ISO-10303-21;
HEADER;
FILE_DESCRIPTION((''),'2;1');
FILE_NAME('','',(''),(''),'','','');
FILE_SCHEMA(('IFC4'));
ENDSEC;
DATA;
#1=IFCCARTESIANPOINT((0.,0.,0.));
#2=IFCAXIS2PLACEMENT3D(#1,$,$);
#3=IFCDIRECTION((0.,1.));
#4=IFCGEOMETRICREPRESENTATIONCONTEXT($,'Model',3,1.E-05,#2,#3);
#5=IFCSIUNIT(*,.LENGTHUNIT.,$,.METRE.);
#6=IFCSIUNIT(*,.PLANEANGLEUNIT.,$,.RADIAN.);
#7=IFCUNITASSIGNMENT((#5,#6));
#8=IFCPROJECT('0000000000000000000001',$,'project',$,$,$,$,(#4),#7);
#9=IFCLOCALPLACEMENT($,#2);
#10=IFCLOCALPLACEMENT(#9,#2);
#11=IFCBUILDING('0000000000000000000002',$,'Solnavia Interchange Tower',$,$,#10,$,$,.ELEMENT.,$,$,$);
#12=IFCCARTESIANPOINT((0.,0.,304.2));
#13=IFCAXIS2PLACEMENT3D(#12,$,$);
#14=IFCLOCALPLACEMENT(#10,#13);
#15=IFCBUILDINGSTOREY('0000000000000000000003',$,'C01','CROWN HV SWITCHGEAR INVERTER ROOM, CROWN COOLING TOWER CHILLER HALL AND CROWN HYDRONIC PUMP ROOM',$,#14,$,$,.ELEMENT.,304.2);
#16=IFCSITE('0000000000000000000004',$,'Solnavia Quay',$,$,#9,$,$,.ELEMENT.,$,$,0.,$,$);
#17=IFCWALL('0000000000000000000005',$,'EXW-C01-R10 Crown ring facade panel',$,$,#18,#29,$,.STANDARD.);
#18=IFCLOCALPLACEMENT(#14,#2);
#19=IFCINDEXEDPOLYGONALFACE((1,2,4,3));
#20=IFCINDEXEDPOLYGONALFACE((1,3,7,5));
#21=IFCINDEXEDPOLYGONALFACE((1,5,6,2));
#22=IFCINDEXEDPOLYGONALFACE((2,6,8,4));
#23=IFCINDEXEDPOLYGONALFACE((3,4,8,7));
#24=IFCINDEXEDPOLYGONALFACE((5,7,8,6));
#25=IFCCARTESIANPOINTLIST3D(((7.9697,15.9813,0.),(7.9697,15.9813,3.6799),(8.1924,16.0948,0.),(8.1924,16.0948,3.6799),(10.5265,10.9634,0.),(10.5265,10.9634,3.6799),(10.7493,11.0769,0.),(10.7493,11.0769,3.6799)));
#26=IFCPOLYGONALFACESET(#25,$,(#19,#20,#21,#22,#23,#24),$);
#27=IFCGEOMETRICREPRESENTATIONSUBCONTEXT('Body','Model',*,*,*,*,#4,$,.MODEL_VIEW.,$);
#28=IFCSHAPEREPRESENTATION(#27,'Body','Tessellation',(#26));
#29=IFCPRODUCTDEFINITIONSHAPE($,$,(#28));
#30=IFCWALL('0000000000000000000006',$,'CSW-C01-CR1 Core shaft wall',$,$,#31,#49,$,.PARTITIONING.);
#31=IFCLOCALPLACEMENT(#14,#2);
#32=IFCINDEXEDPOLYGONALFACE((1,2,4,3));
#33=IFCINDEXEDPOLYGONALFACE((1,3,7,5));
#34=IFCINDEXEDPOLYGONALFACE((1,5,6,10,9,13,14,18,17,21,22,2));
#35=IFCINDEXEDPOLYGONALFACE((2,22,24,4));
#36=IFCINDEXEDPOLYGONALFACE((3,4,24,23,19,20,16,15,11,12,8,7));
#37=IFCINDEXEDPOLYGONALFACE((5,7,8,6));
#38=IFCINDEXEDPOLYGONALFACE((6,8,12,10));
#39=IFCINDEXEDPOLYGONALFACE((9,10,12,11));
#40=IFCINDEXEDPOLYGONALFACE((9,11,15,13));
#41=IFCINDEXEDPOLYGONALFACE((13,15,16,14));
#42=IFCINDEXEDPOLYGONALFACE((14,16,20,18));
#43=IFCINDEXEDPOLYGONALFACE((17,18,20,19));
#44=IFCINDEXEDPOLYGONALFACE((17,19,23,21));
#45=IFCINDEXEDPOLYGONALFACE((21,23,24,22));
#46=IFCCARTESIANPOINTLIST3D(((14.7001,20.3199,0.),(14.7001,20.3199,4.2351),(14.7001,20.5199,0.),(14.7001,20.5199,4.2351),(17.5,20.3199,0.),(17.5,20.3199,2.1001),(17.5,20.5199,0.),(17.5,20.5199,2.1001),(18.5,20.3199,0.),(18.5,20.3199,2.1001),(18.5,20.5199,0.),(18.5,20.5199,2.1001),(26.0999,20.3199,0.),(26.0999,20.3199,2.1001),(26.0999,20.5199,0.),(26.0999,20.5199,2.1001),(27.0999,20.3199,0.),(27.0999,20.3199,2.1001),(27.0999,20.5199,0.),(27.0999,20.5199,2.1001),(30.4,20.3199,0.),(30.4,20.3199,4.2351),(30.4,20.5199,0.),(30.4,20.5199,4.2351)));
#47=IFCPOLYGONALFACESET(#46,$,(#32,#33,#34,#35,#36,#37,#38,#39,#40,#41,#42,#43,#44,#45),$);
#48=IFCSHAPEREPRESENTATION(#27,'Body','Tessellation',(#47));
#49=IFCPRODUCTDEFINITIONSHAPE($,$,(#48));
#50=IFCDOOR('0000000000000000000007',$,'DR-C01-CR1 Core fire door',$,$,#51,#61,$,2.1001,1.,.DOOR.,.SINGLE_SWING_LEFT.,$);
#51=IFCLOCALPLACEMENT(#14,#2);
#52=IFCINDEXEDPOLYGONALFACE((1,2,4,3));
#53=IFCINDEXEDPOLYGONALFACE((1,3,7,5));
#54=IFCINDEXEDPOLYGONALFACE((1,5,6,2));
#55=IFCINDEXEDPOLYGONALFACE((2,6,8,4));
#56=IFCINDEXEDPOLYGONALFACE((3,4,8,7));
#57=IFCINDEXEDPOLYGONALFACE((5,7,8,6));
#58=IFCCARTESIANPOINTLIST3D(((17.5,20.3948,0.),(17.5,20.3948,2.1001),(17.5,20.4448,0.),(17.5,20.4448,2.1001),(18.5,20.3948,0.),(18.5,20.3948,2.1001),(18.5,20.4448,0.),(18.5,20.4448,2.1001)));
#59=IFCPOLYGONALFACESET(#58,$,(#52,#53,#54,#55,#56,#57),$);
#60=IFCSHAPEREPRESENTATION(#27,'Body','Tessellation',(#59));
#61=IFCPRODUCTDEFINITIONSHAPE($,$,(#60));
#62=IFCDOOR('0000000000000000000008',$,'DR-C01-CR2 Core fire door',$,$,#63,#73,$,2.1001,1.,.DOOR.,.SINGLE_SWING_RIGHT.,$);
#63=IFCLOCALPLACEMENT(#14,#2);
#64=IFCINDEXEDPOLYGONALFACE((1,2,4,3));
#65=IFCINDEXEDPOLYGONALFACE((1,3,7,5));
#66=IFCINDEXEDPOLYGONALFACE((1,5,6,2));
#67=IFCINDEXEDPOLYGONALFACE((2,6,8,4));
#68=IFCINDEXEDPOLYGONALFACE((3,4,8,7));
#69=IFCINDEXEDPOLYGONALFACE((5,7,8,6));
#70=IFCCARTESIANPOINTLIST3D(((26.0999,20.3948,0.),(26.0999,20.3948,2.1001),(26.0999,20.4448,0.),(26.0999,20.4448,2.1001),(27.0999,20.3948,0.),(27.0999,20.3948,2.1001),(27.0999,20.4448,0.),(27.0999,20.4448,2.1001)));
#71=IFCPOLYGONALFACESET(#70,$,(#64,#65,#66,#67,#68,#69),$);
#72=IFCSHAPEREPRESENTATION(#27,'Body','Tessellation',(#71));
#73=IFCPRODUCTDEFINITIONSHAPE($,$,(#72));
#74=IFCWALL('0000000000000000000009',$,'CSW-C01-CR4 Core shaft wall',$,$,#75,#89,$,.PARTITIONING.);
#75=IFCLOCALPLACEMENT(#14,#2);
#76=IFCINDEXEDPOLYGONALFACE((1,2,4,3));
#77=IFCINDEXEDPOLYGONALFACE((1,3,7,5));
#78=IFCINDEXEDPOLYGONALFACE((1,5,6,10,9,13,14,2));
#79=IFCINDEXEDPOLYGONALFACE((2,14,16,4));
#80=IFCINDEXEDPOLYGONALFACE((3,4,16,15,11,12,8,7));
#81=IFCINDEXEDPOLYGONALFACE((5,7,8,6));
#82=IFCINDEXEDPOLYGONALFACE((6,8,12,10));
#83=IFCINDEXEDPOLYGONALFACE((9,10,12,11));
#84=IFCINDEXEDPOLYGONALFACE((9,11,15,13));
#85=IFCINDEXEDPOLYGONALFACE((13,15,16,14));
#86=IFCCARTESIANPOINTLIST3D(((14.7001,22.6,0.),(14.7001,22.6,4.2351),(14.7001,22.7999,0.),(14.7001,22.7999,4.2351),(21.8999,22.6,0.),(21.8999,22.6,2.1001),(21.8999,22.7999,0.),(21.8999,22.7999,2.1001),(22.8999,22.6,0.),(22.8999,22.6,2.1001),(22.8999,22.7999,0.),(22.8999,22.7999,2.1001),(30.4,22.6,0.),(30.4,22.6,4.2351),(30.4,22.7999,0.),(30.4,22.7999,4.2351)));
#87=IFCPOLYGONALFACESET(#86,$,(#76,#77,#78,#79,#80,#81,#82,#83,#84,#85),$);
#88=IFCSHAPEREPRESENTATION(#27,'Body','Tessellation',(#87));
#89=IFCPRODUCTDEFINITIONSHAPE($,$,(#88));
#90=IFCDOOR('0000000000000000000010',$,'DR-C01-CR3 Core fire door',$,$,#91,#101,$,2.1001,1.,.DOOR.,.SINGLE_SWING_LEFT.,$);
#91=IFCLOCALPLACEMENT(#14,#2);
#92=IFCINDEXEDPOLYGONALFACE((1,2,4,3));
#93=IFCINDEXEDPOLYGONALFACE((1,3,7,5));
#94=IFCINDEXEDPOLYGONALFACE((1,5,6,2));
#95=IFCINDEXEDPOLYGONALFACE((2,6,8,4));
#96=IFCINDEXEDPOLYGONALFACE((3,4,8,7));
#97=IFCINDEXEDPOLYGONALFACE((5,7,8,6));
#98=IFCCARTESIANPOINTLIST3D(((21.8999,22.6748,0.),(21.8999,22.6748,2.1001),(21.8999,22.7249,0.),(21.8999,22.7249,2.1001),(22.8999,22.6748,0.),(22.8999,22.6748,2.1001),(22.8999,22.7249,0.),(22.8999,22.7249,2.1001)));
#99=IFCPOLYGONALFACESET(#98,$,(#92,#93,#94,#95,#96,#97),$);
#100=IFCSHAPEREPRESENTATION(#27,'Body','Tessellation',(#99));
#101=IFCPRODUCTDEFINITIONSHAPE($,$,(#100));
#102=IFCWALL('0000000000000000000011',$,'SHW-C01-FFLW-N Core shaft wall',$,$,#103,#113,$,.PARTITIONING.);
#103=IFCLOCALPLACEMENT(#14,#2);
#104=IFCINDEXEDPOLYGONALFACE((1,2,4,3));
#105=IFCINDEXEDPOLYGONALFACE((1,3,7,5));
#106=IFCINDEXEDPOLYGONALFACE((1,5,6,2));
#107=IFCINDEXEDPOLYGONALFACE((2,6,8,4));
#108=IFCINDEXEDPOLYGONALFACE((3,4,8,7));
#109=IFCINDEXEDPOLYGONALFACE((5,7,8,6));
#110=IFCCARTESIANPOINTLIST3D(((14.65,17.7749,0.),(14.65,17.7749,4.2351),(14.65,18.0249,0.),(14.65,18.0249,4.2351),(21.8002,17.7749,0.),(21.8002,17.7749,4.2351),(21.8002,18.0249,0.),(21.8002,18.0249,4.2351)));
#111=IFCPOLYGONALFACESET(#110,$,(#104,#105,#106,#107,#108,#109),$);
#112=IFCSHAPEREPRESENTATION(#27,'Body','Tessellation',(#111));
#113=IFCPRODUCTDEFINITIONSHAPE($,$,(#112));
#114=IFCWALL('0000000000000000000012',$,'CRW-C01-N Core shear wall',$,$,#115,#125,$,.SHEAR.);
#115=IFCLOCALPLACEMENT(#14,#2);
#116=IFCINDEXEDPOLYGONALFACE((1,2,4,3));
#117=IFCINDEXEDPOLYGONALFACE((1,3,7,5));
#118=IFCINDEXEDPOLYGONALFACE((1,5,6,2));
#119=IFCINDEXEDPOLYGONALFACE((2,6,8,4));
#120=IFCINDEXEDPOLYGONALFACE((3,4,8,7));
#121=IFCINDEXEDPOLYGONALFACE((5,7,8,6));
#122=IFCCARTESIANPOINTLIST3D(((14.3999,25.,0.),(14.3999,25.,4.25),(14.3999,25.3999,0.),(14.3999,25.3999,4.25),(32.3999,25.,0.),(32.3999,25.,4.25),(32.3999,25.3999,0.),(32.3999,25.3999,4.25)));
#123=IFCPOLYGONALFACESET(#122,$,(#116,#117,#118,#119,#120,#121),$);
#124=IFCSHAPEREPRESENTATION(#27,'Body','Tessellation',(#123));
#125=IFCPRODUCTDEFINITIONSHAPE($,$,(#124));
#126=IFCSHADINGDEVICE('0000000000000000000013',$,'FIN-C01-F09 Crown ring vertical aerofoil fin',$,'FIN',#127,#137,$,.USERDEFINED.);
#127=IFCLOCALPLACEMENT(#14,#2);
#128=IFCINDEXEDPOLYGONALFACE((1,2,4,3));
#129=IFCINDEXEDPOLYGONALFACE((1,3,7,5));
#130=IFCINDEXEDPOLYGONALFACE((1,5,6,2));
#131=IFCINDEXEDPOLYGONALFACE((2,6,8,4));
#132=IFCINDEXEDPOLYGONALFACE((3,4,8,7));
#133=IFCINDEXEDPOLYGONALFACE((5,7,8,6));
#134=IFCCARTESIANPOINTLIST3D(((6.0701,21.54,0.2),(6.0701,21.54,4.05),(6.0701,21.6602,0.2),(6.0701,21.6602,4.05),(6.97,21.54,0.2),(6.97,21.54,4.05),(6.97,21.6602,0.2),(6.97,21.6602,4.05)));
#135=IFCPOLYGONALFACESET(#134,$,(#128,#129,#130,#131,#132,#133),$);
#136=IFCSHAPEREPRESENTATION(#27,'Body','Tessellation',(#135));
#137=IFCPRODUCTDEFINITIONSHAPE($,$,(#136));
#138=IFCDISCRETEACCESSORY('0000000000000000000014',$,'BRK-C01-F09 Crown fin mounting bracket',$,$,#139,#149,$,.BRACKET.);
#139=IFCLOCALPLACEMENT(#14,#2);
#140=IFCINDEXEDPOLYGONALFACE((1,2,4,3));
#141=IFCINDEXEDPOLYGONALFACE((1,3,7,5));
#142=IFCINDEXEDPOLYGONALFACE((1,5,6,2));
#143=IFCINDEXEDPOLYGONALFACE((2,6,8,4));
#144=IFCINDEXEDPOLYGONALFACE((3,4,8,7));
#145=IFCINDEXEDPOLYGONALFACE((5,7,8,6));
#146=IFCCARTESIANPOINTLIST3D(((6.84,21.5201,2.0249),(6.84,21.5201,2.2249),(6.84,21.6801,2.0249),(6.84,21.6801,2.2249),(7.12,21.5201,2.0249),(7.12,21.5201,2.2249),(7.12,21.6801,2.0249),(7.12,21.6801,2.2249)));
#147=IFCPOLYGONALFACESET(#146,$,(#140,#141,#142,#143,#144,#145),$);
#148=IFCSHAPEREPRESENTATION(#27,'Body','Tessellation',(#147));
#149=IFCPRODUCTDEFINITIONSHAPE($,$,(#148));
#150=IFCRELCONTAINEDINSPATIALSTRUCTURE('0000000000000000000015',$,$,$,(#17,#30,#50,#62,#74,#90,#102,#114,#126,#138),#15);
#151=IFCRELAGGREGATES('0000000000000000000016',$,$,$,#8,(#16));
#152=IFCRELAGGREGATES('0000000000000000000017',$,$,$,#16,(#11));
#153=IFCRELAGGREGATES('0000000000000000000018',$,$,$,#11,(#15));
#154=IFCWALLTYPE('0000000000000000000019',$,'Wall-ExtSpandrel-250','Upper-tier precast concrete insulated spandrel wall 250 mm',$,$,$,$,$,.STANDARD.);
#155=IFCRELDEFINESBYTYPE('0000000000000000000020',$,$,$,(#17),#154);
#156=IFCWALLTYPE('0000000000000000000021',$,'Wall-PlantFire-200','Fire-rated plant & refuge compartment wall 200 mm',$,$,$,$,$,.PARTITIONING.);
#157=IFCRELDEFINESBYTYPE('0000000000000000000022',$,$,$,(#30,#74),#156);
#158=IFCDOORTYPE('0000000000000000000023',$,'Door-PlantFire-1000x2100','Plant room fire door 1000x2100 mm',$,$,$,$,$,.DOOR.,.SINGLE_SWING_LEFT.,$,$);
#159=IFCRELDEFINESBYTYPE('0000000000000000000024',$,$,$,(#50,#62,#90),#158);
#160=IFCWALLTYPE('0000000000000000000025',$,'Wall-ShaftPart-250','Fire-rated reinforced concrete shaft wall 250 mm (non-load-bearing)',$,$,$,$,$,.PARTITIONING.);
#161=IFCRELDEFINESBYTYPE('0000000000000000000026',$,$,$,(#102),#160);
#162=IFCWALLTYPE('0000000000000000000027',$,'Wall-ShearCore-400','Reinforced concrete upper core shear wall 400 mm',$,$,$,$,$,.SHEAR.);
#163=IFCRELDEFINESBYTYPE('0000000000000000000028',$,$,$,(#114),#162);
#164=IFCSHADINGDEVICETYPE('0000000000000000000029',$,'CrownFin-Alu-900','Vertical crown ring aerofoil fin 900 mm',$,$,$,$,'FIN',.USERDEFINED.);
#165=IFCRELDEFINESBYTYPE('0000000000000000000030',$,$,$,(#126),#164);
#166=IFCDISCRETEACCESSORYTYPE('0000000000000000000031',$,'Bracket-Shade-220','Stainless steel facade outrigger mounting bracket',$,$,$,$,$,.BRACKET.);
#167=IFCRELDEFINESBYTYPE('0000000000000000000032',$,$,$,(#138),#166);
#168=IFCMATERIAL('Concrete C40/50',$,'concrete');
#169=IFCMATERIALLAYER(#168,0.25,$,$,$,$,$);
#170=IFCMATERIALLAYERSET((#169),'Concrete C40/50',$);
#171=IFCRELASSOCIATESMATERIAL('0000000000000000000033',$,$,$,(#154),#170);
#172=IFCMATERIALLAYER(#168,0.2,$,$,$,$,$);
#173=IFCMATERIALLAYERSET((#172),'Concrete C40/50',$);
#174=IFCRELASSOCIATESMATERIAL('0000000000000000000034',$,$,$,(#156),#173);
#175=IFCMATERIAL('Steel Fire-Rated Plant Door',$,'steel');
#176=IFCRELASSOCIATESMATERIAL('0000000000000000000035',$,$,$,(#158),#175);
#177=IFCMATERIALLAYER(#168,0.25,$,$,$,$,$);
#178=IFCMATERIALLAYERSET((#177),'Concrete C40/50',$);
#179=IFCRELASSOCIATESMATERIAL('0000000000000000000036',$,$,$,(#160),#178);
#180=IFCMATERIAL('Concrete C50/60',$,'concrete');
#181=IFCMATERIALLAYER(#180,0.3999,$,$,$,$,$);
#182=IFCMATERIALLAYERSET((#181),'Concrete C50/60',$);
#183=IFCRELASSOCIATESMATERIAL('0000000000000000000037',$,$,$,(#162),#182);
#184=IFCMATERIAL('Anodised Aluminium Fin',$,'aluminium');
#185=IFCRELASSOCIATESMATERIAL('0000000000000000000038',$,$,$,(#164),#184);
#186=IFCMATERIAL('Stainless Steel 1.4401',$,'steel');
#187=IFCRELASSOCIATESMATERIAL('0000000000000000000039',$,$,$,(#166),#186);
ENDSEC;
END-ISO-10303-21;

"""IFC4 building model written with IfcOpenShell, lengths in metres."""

from ifc_helpers import new_model, si_unit, direction, frame, frame_2d, origin, origin_2d, place, context, subcontext, project, spatial, rectangle, extrude, material, layer, layer_set, type_object, element, fill, save


model = new_model("IFC4")

# Units and contexts
model_context = context("Model", 3, precision=1e-05, world=origin(), true_north=direction((0.0, 1.0)))
body_context = subcontext(model_context, "Body", "Model", "MODEL_VIEW")
ifc_project = project(units=[si_unit("LENGTHUNIT", "METRE"), si_unit("PLANEANGLEUNIT", "RADIAN")], contexts=[model_context])

# Site, building, storey
site_placement = place(None, origin())
site = spatial("IfcSite", under=ifc_project, at=site_placement, Name="Solnavia Quay", CompositionType="ELEMENT", RefElevation=0.0)
building_placement = place(site_placement, origin())
building = spatial("IfcBuilding", under=site, at=building_placement, Name="Solnavia Interchange Tower", CompositionType="ELEMENT")
storey_placement = place(building_placement, frame((0.0, 0.0, 304.2)))
storey = spatial("IfcBuildingStorey", under=building, at=storey_placement, Name="C01", Description="CROWN HV SWITCHGEAR INVERTER ROOM, CROWN COOLING TOWER CHILLER HALL AND CROWN HYDRONIC PUMP ROOM", CompositionType="ELEMENT", Elevation=304.2)

# Shared definitions
ifc_material_1 = material(Name="Concrete C50/60", Category="concrete")

# Wall
ifc_material_2 = material(Name="Concrete C40/50", Category="concrete")
ifc_layer_1 = layer(ifc_material_2, 0.25)
ifc_layer_set_1 = layer_set([ifc_layer_1], Name="Concrete C40/50")
wall_type_1 = type_object("IfcWallType", Name="Wall-ExtSpandrel-250", Description="Upper-tier precast concrete insulated spandrel wall 250 mm", PredefinedType="STANDARD", material=ifc_layer_set_1)
wall_1_placement = place(storey_placement, frame((8.0811, 16.0381, 0.0), z_axis=(0.0, 0.0, 1.0), x_axis=(0.453998, -0.891003, 0.0)))
element("IfcWall", 1, at=wall_1_placement, inside=storey, type_object=wall_type_1, Name="EXW-C01-R10 Crown ring facade panel", PredefinedType="STANDARD", context=body_context, shape_type="SweptSolid", body=[
    extrude(rectangle(XDim=5.6318, YDim=0.25, at=frame_2d((2.8159, 0.0))), origin(), (0.0, 0.0, 1.0), 3.6799),
])

# Wall, openings, doors
ifc_layer_2 = layer(ifc_material_2, 0.2)
ifc_layer_set_2 = layer_set([ifc_layer_2], Name="Concrete C40/50")
wall_type_2 = type_object("IfcWallType", Name="Wall-PlantFire-200", Description="Fire-rated plant & refuge compartment wall 200 mm", PredefinedType="PARTITIONING", material=ifc_layer_set_2)
wall_2_placement = place(storey_placement, frame((14.7, 20.4199, 0.0), z_axis=(0.0, 0.0, 1.0), x_axis=(1.0, 0.0, 0.0)))
wall_2 = element("IfcWall", 2, at=wall_2_placement, inside=storey, type_object=wall_type_2, Name="CSW-C01-CR1 Core shaft wall", PredefinedType="PARTITIONING", context=body_context, shape_type="SweptSolid", body=[
    extrude(rectangle(XDim=15.7, YDim=0.2, at=frame_2d((7.8501, 0.0))), origin(), (0.0, 0.0, 1.0), 4.2351),
])
opening_1_placement = place(wall_2_placement, frame((2.8, 0.0, 0.0)))
opening_1 = element("IfcOpeningElement", 3, at=opening_1_placement, cuts=wall_2, PredefinedType="OPENING", context=body_context, shape_type="SweptSolid", body=[
    extrude(rectangle(XDim=1.0, YDim=2.1001, at=frame_2d((0.5, 1.05))), frame((0.0, 0.1099, 0.0), z_axis=(0.0, -1.0, 0.0), x_axis=(1.0, 0.0, 0.0)), (0.0, 0.0, 1.0), 0.22),
])
opening_2_placement = place(wall_2_placement, frame((11.3999, 0.0, 0.0)))
opening_2 = element("IfcOpeningElement", 4, at=opening_2_placement, cuts=wall_2, PredefinedType="OPENING", context=body_context, shape_type="SweptSolid", body=[
    extrude(rectangle(XDim=1.0, YDim=2.1001, at=frame_2d((0.5, 1.05))), frame((0.0, 0.1099, 0.0), z_axis=(0.0, -1.0, 0.0), x_axis=(1.0, 0.0, 0.0)), (0.0, 0.0, 1.0), 0.22),
])
ifc_material_3 = material(Name="Steel Fire-Rated Plant Door", Category="steel")
door_type = type_object("IfcDoorType", Name="Door-PlantFire-1000x2100", Description="Plant room fire door 1000x2100 mm", OperationType="SINGLE_SWING_LEFT", PredefinedType="DOOR", material=ifc_material_3)
door_1_placement = place(opening_1_placement, origin())
door_1 = element("IfcDoor", 5, at=door_1_placement, inside=storey, type_object=door_type, Name="DR-C01-CR1 Core fire door", OperationType="SINGLE_SWING_LEFT", OverallHeight=2.1001, OverallWidth=1.0, PredefinedType="DOOR", context=body_context, shape_type="SweptSolid", body=[
    extrude(rectangle(XDim=1.0, YDim=2.1001, at=frame_2d((0.5, 1.05))), frame((0.0, 0.0249, 0.0), z_axis=(0.0, -1.0, 0.0), x_axis=(1.0, 0.0, 0.0)), (0.0, 0.0, 1.0), 0.05),
])
fill(opening_1, door_1)
door_2_placement = place(opening_2_placement, origin())
door_2 = element("IfcDoor", 6, at=door_2_placement, inside=storey, type_object=door_type, Name="DR-C01-CR2 Core fire door", OperationType="SINGLE_SWING_RIGHT", OverallHeight=2.1001, OverallWidth=1.0, PredefinedType="DOOR", context=body_context, shape_type="SweptSolid", body=[
    extrude(rectangle(XDim=1.0, YDim=2.1001, at=frame_2d((0.5, 1.05))), frame((0.0, 0.0249, 0.0), z_axis=(0.0, -1.0, 0.0), x_axis=(1.0, 0.0, 0.0)), (0.0, 0.0, 1.0), 0.05),
])
fill(opening_2, door_2)

# Wall, opening, door
wall_3_placement = place(storey_placement, frame((14.7, 22.7, 0.0), z_axis=(0.0, 0.0, 1.0), x_axis=(1.0, 0.0, 0.0)))
wall_3 = element("IfcWall", 7, at=wall_3_placement, inside=storey, type_object=wall_type_2, Name="CSW-C01-CR4 Core shaft wall", PredefinedType="PARTITIONING", context=body_context, shape_type="SweptSolid", body=[
    extrude(rectangle(XDim=15.7, YDim=0.2, at=frame_2d((7.8501, 0.0))), origin(), (0.0, 0.0, 1.0), 4.2351),
])
opening_3_placement = place(wall_3_placement, frame((7.2, 0.0, 0.0)))
opening_3 = element("IfcOpeningElement", 8, at=opening_3_placement, cuts=wall_3, PredefinedType="OPENING", context=body_context, shape_type="SweptSolid", body=[
    extrude(rectangle(XDim=1.0, YDim=2.1001, at=frame_2d((0.5, 1.05))), frame((0.0, 0.1099, 0.0), z_axis=(0.0, -1.0, 0.0), x_axis=(1.0, 0.0, 0.0)), (0.0, 0.0, 1.0), 0.22),
])
door_3_placement = place(opening_3_placement, origin())
door_3 = element("IfcDoor", 9, at=door_3_placement, inside=storey, type_object=door_type, Name="DR-C01-CR3 Core fire door", OperationType="SINGLE_SWING_LEFT", OverallHeight=2.1001, OverallWidth=1.0, PredefinedType="DOOR", context=body_context, shape_type="SweptSolid", body=[
    extrude(rectangle(XDim=1.0, YDim=2.1001, at=frame_2d((0.5, 1.05))), frame((0.0, 0.0249, 0.0), z_axis=(0.0, -1.0, 0.0), x_axis=(1.0, 0.0, 0.0)), (0.0, 0.0, 1.0), 0.05),
])
fill(opening_3, door_3)

# Walls
ifc_layer_3 = layer(ifc_material_2, 0.25)
ifc_layer_set_3 = layer_set([ifc_layer_3], Name="Concrete C40/50")
wall_type_3 = type_object("IfcWallType", Name="Wall-ShaftPart-250", Description="Fire-rated reinforced concrete shaft wall 250 mm (non-load-bearing)", PredefinedType="PARTITIONING", material=ifc_layer_set_3)
wall_4_placement = place(storey_placement, frame((14.6499, 17.8999, 0.0), z_axis=(0.0, 0.0, 1.0), x_axis=(1.0, 0.0, 0.0)))
element("IfcWall", 10, at=wall_4_placement, inside=storey, type_object=wall_type_3, Name="SHW-C01-FFLW-N Core shaft wall", PredefinedType="PARTITIONING", context=body_context, shape_type="SweptSolid", body=[
    extrude(rectangle(XDim=7.1501, YDim=0.25, at=frame_2d((3.5752, 0.0))), origin(), (0.0, 0.0, 1.0), 4.2351),
])
ifc_layer_4 = layer(ifc_material_1, 0.3999)
ifc_layer_set_4 = layer_set([ifc_layer_4], Name="Concrete C50/60")
wall_type_4 = type_object("IfcWallType", Name="Wall-ShearCore-400", Description="Reinforced concrete upper core shear wall 400 mm", PredefinedType="SHEAR", material=ifc_layer_set_4)
wall_5_placement = place(storey_placement, frame((14.3999, 25.2, 0.0), z_axis=(0.0, 0.0, 1.0), x_axis=(1.0, 0.0, 0.0)))
element("IfcWall", 11, at=wall_5_placement, inside=storey, type_object=wall_type_4, Name="CRW-C01-N Core shear wall", PredefinedType="SHEAR", context=body_context, shape_type="SweptSolid", body=[
    extrude(rectangle(XDim=18.0, YDim=0.3999, at=frame_2d((9.0, 0.0))), origin(), (0.0, 0.0, 1.0), 4.25),
])

# Shading device
ifc_material_4 = material(Name="Anodised Aluminium Fin", Category="aluminium")
shading_device_type = type_object("IfcShadingDeviceType", Name="CrownFin-Alu-900", Description="Vertical crown ring aerofoil fin 900 mm", ElementType="FIN", PredefinedType="USERDEFINED", material=ifc_material_4)
shading_device_placement = place(storey_placement, frame((6.52, 21.6001, 0.2), z_axis=(0.0, 0.0, 1.0), x_axis=(-1.0, 0.0, 0.0)))
element("IfcShadingDevice", 12, at=shading_device_placement, inside=storey, type_object=shading_device_type, Name="FIN-C01-F09 Crown ring vertical aerofoil fin", ObjectType="FIN", PredefinedType="USERDEFINED", context=body_context, shape_type="SweptSolid", body=[
    extrude(rectangle(XDim=0.8999, YDim=0.1201, at=origin_2d()), origin(), (0.0, 0.0, 1.0), 3.8501),
])

# Discrete accessory
ifc_material_5 = material(Name="Stainless Steel 1.4401", Category="steel")
discrete_accessory_type = type_object("IfcDiscreteAccessoryType", Name="Bracket-Shade-220", Description="Stainless steel facade outrigger mounting bracket", PredefinedType="BRACKET", material=ifc_material_5)
discrete_accessory_placement = place(storey_placement, frame((6.98, 21.6001, 2.0249), z_axis=(0.0, 0.0, 1.0), x_axis=(-1.0, 0.0, 0.0)))
element("IfcDiscreteAccessory", 13, at=discrete_accessory_placement, inside=storey, type_object=discrete_accessory_type, Name="BRK-C01-F09 Crown fin mounting bracket", PredefinedType="BRACKET", context=body_context, shape_type="SweptSolid", body=[
    extrude(rectangle(XDim=0.28, YDim=0.1599, at=origin_2d()), origin(), (0.0, 0.0, 1.0), 0.2),
])

save(model, "model.ifc")
